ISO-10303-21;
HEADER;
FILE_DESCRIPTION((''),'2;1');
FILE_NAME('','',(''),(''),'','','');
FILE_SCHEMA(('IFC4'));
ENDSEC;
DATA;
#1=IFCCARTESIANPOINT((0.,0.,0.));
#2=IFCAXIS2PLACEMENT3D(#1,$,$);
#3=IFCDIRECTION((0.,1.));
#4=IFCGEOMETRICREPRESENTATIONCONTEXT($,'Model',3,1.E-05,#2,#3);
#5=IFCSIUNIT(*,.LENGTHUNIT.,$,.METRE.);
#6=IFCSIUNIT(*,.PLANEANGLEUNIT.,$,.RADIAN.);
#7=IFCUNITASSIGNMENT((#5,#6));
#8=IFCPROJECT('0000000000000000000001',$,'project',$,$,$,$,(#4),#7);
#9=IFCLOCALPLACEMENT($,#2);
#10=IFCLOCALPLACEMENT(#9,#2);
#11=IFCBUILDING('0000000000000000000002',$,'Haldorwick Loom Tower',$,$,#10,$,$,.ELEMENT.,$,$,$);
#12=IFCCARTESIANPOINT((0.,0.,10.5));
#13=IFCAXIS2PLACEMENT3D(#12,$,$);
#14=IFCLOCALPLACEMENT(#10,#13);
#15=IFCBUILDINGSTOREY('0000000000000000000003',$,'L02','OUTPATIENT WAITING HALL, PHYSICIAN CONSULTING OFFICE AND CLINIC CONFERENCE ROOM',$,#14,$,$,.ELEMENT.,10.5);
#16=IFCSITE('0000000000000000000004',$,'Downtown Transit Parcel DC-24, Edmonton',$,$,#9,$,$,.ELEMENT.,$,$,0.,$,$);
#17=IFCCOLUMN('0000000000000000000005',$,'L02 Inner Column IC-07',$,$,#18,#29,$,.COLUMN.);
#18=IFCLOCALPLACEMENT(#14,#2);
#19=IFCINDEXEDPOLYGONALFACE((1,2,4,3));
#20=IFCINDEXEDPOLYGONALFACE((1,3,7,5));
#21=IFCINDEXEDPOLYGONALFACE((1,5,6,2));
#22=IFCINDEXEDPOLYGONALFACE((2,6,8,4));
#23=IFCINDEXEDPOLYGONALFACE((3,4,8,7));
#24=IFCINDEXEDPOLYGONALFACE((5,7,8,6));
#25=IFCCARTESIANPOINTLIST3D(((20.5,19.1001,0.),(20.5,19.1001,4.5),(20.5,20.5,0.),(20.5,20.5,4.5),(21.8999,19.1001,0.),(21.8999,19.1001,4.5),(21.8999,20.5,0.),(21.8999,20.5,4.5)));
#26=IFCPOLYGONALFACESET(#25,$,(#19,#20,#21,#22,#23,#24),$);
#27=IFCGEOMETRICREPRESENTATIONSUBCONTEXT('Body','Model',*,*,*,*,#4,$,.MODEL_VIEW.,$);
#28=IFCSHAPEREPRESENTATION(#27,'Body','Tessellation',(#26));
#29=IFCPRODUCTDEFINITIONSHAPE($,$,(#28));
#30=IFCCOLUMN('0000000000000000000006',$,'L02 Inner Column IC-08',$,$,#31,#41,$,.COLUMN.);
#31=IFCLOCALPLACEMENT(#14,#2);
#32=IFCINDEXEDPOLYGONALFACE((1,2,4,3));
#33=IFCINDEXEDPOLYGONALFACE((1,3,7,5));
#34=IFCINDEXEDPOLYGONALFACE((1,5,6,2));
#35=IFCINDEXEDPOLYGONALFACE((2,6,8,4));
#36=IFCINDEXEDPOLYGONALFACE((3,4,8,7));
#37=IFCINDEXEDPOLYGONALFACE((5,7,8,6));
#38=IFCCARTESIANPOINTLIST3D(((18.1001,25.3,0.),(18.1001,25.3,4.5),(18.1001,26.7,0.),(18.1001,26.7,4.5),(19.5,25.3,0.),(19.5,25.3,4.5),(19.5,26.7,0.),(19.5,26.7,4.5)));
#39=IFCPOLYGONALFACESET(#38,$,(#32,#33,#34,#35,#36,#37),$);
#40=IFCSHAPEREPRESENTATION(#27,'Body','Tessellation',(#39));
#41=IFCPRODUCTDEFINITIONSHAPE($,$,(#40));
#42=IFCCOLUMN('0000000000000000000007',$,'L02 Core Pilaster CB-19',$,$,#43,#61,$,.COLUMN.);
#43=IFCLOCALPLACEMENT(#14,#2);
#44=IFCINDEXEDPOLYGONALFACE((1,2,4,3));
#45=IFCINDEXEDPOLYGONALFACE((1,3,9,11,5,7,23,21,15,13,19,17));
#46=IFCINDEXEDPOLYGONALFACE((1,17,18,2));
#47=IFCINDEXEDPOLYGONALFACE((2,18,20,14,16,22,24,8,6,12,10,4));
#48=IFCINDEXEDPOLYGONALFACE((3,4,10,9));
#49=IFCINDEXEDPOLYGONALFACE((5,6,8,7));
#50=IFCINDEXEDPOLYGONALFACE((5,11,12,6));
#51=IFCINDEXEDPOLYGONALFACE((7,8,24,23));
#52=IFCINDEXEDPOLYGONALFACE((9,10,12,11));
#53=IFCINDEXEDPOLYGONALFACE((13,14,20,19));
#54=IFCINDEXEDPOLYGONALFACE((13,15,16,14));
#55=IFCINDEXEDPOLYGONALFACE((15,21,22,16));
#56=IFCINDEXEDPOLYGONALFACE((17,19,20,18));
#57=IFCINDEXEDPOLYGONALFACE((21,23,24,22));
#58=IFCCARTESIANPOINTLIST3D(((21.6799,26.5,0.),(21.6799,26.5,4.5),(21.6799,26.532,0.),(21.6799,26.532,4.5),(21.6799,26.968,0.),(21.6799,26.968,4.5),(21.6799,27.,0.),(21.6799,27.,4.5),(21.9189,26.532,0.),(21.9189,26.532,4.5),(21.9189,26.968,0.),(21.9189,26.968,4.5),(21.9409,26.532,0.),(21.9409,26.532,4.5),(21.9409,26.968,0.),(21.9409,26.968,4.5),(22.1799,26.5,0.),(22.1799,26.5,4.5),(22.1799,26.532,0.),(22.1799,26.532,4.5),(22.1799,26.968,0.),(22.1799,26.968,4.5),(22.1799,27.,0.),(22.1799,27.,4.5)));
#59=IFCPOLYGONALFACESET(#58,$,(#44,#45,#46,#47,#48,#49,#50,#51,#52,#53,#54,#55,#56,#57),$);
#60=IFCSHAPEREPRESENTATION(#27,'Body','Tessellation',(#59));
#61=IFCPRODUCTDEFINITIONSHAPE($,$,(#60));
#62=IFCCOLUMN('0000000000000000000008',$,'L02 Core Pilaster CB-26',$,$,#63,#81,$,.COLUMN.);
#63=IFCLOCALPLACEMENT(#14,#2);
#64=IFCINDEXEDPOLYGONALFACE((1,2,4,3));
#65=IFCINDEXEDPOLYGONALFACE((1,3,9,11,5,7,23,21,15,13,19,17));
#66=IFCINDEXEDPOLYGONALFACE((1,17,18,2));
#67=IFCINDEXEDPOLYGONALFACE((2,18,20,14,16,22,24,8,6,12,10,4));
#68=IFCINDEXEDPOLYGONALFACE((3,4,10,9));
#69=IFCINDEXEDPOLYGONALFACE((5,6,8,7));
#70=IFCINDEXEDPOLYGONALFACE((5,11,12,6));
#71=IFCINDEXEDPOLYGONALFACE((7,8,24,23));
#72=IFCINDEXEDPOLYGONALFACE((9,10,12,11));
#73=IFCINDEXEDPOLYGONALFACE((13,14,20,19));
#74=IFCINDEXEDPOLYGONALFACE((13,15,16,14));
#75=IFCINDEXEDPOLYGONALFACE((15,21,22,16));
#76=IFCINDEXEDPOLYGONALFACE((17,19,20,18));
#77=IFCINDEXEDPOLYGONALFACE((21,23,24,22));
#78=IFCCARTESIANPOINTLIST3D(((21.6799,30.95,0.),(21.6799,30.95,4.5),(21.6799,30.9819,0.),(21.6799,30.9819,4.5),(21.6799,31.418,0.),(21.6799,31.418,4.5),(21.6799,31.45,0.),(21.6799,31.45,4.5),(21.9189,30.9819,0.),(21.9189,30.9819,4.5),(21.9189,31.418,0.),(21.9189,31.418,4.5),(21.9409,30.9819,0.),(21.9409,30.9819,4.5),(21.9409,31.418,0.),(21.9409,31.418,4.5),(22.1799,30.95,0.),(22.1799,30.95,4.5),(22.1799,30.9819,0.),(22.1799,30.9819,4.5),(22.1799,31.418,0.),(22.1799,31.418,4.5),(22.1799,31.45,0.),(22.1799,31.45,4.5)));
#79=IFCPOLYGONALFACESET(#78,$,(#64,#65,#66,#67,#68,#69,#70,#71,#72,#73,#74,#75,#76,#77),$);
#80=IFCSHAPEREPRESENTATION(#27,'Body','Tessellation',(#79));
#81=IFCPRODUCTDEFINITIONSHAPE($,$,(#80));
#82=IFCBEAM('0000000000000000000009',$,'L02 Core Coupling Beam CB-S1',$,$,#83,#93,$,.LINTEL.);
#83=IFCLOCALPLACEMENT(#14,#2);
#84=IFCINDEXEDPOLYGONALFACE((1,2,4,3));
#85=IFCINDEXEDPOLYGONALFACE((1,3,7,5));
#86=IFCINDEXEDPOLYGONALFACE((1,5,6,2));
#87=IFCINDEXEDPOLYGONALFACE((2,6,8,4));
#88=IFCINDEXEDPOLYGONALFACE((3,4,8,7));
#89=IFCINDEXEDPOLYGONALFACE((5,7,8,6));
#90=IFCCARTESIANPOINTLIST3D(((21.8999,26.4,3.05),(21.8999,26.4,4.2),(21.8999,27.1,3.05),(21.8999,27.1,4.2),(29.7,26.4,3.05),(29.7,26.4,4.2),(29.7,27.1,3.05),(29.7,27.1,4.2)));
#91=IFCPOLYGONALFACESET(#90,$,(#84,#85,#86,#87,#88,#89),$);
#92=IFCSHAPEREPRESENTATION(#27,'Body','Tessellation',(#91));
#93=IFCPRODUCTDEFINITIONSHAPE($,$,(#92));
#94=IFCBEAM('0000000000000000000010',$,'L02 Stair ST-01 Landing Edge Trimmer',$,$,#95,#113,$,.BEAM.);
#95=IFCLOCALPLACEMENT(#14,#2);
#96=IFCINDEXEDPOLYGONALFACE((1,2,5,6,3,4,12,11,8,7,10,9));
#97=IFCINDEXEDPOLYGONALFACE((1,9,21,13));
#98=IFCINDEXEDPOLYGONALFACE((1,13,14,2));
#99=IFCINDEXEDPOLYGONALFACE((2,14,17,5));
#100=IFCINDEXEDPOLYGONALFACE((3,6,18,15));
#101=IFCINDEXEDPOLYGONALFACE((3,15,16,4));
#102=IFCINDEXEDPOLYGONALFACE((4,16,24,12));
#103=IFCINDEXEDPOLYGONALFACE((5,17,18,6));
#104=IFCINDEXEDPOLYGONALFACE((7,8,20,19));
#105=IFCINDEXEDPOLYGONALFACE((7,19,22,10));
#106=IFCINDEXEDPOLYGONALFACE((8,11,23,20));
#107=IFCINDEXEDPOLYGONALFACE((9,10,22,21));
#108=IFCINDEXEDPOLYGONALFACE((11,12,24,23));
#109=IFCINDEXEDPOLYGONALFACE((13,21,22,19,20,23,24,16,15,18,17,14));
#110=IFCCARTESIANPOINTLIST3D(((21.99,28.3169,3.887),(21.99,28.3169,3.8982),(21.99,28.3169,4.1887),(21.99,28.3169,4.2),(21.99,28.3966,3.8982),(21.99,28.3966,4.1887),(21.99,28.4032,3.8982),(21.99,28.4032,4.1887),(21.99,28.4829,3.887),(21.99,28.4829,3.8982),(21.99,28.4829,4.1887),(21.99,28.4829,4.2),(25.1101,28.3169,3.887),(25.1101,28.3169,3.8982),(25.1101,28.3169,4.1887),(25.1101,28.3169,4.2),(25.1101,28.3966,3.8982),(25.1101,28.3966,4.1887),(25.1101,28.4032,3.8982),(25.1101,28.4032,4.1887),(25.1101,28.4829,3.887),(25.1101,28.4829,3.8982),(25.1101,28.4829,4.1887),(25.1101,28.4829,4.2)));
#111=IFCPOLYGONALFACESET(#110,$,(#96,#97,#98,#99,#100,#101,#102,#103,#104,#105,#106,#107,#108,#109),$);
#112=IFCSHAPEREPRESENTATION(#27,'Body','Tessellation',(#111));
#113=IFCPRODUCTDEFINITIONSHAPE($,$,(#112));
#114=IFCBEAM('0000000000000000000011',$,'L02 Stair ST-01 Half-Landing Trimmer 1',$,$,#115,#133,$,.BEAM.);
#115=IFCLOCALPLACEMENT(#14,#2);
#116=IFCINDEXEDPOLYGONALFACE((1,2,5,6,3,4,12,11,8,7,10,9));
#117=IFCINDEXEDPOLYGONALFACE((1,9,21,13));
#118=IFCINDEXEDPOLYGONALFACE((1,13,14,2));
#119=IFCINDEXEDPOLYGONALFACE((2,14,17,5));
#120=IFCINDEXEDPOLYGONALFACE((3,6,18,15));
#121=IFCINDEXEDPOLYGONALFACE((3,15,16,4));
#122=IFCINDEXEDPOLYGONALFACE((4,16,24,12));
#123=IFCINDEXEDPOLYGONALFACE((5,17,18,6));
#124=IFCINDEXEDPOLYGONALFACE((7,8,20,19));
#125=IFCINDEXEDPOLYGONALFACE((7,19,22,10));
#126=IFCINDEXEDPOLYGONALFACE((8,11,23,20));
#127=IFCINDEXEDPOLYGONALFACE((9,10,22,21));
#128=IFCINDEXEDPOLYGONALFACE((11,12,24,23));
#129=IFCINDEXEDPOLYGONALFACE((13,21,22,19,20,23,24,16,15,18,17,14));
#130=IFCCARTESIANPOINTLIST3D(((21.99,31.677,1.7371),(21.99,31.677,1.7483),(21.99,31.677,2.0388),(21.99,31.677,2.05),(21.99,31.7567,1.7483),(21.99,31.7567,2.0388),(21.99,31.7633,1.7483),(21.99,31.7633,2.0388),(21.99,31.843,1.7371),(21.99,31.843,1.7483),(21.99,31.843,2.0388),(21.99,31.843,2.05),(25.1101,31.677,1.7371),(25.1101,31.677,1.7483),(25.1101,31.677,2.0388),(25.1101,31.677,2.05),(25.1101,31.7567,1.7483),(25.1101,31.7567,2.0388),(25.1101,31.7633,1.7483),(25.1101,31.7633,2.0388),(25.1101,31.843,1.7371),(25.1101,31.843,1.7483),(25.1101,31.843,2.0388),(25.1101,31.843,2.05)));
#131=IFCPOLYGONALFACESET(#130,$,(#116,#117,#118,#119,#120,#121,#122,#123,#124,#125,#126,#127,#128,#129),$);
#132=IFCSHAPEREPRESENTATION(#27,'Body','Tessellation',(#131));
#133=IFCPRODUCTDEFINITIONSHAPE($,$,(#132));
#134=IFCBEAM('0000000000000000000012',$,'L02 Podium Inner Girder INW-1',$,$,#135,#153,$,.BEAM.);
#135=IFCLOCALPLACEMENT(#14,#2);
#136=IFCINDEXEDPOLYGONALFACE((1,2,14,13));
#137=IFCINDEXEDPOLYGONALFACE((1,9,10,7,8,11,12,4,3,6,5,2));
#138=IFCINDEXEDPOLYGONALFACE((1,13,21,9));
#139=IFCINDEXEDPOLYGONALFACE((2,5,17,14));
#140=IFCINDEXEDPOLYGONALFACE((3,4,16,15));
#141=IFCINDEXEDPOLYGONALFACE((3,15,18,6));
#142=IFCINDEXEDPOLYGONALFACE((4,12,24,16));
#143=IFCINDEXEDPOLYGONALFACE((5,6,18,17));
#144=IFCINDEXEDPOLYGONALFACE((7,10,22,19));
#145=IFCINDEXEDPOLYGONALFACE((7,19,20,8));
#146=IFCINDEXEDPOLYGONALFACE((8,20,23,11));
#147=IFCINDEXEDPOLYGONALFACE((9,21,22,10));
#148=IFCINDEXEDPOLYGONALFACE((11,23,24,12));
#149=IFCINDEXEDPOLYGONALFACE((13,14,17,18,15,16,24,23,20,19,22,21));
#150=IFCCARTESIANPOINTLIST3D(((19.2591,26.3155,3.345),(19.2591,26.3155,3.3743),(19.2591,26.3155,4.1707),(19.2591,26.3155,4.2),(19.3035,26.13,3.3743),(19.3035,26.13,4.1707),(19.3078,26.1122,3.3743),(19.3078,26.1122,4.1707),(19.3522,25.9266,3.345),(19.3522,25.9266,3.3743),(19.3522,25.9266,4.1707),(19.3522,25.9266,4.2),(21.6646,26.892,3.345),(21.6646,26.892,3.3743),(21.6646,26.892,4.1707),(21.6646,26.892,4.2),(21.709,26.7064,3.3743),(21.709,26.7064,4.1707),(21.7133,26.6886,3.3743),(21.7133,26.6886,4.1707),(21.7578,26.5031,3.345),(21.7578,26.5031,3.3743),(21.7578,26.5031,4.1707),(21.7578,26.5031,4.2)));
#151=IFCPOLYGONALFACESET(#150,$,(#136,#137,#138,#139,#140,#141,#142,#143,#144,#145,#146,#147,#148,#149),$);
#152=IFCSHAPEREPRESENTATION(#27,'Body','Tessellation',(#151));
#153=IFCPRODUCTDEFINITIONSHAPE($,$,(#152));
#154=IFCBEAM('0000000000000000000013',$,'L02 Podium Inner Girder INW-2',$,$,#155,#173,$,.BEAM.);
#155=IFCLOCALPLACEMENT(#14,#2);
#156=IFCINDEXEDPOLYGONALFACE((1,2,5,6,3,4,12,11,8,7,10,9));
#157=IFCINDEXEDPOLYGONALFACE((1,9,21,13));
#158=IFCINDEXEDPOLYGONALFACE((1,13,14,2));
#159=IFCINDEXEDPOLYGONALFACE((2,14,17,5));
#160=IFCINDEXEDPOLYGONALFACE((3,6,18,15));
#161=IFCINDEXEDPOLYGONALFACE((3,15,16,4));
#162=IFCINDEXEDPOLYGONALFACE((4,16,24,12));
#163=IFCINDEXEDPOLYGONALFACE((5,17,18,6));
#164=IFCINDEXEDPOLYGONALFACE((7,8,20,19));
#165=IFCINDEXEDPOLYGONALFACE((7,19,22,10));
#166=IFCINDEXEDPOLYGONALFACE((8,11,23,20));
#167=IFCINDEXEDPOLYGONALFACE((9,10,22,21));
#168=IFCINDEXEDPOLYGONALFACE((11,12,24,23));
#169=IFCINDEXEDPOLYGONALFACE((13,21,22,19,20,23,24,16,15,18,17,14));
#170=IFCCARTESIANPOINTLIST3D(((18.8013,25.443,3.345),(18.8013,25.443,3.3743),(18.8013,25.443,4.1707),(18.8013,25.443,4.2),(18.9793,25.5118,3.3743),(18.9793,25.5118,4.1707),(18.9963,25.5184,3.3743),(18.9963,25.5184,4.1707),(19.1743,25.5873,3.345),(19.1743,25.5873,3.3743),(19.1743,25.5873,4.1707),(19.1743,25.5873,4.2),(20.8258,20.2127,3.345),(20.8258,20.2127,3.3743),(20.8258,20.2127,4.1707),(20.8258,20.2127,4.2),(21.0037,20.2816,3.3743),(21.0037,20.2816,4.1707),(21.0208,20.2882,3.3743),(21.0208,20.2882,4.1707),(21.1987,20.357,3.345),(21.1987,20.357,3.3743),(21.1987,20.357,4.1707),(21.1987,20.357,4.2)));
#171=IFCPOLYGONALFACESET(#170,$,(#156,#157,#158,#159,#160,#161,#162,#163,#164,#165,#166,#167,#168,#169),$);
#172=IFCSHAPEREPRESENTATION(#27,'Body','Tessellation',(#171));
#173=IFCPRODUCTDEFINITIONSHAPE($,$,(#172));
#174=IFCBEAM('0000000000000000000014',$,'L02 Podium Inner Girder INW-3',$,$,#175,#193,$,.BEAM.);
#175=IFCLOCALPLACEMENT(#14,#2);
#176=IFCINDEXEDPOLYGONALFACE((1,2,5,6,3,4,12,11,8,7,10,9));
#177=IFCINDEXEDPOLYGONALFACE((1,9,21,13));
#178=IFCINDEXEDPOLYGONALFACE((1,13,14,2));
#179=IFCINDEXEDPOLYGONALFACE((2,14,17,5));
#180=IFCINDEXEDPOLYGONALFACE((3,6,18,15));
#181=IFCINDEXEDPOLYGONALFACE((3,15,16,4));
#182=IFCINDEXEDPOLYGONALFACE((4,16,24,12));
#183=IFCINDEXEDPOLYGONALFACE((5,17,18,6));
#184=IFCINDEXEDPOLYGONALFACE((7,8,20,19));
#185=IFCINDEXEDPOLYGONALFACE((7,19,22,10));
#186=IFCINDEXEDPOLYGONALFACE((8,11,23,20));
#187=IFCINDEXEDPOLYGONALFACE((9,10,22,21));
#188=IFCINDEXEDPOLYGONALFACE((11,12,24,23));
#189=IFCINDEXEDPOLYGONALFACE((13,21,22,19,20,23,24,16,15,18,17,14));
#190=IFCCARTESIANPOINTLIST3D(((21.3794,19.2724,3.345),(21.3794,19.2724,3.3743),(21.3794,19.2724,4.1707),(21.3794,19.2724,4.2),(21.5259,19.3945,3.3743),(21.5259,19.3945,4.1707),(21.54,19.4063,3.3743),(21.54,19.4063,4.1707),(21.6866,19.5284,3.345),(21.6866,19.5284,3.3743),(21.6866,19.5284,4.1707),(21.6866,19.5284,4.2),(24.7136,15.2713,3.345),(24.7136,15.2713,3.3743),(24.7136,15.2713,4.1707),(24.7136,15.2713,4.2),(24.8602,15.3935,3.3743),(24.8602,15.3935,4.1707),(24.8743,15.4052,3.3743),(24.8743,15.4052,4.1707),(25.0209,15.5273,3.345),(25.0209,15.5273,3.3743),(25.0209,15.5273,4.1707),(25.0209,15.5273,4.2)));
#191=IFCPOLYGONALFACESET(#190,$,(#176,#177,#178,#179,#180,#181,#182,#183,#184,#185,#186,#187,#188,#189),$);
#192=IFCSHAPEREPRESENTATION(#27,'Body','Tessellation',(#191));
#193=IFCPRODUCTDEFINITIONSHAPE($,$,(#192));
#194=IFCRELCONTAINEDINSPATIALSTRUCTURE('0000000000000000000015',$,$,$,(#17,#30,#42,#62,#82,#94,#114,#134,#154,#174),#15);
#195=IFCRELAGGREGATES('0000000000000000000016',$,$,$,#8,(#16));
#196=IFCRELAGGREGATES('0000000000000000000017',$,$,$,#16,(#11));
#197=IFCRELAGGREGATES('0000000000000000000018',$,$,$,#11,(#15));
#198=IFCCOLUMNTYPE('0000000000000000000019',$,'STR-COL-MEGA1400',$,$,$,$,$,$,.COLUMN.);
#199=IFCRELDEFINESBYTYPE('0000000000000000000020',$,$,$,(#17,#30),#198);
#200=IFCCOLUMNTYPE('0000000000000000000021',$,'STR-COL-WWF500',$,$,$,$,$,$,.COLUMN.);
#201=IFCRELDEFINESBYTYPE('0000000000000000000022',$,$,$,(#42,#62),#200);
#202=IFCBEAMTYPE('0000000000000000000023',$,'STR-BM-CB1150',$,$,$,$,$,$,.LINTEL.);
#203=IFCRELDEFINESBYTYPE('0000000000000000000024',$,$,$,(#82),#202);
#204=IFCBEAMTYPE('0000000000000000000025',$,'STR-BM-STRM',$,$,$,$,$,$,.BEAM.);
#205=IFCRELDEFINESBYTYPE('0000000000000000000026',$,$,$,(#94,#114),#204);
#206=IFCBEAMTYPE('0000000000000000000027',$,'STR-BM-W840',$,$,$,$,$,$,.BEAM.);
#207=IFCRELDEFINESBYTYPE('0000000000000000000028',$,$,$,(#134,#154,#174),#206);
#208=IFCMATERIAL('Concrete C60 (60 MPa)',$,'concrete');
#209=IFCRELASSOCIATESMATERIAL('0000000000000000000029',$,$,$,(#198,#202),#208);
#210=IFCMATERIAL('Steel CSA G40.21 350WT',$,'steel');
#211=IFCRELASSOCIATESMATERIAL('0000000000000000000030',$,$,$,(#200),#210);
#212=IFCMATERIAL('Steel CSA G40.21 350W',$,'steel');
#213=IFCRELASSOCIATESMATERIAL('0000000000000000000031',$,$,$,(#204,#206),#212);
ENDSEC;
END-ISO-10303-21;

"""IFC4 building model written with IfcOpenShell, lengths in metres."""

from ifc_helpers import new_model, si_unit, direction, frame, origin, origin_2d, place, context, subcontext, project, spatial, rectangle, i_section, extrude, material, material_profile, profile_set, type_object, element, save


model = new_model("IFC4")

# Units and contexts
model_context = context("Model", 3, precision=1e-05, world=origin(), true_north=direction((0.0, 1.0)))
body_context = subcontext(model_context, "Body", "Model", "MODEL_VIEW")
ifc_project = project(units=[si_unit("LENGTHUNIT", "METRE"), si_unit("PLANEANGLEUNIT", "RADIAN")], contexts=[model_context])

# Site, building, storey
site_placement = place(None, origin())
site = spatial("IfcSite", under=ifc_project, at=site_placement, Name="Downtown Transit Parcel DC-24, Edmonton", CompositionType="ELEMENT", RefElevation=0.0)
building_placement = place(site_placement, origin())
building = spatial("IfcBuilding", under=site, at=building_placement, Name="Haldorwick Loom Tower", CompositionType="ELEMENT")
storey_placement = place(building_placement, frame((0.0, 0.0, 10.5)))
storey = spatial("IfcBuildingStorey", under=building, at=storey_placement, Name="L02", Description="OUTPATIENT WAITING HALL, PHYSICIAN CONSULTING OFFICE AND CLINIC CONFERENCE ROOM", CompositionType="ELEMENT", Elevation=10.5)

# Columns
ifc_material_1 = material(Name="Concrete C60 (60 MPa)", Category="concrete")
ifc_material_profile_1 = material_profile(ifc_material_1, rectangle(XDim=1.3999, YDim=1.3999, at=origin_2d()), Name="RC1400X1400", Category="concrete")
ifc_profile_set_1 = profile_set([ifc_material_profile_1], Name="Concrete C60 (60 MPa)")
column_type_1 = type_object("IfcColumnType", Name="STR-COL-MEGA1400", PredefinedType="COLUMN", material=ifc_profile_set_1)
for number, where, z_axis, x_axis, name in (
    (1, (21.2, 19.8, 0.0), (0.0, 0.0, 1.0), (1.0, 0.0, 0.0), "L02 Inner Column IC-07"),
    (2, (18.8, 26.0, 0.0), (0.0, 0.0, 1.0), (1.0, 0.0, 0.0), "L02 Inner Column IC-08"),
):
    element("IfcColumn", number, at=place(storey_placement, frame(where, z_axis=z_axis, x_axis=x_axis)), inside=storey, type_object=column_type_1, Name=name, PredefinedType="COLUMN", context=body_context, shape_type="SweptSolid", body=[
        extrude(rectangle(XDim=1.3999, YDim=1.3999, at=origin_2d()), origin(), (0.0, 0.0, 1.0), 4.5),
    ])
ifc_material_2 = material(Name="Steel CSA G40.21 350WT", Category="steel")
ifc_material_profile_2 = material_profile(ifc_material_2, i_section(OverallWidth=0.5, OverallDepth=0.5, WebThickness=0.022, FlangeThickness=0.032, at=origin_2d()), Name="WWF500X500", Category="steel")
ifc_profile_set_2 = profile_set([ifc_material_profile_2], Name="Steel CSA G40.21 350WT")
column_type_2 = type_object("IfcColumnType", Name="STR-COL-WWF500", PredefinedType="COLUMN", material=ifc_profile_set_2)
for number, where, z_axis, x_axis, name in (
    (3, (21.9299, 26.75, 0.0), (0.0, 0.0, 1.0), (1.0, 0.0, 0.0), "L02 Core Pilaster CB-19"),
    (4, (21.9299, 31.2, 0.0), (0.0, 0.0, 1.0), (1.0, 0.0, 0.0), "L02 Core Pilaster CB-26"),
):
    element("IfcColumn", number, at=place(storey_placement, frame(where, z_axis=z_axis, x_axis=x_axis)), inside=storey, type_object=column_type_2, Name=name, PredefinedType="COLUMN", context=body_context, shape_type="SweptSolid", body=[
        extrude(i_section(OverallWidth=0.5, OverallDepth=0.5, WebThickness=0.022, FlangeThickness=0.032, at=origin_2d()), origin(), (0.0, 0.0, 1.0), 4.5),
    ])

# Beams
ifc_material_profile_3 = material_profile(ifc_material_1, rectangle(XDim=0.7, YDim=1.1499, at=origin_2d()), Name="RC700X1150", Category="concrete")
ifc_profile_set_3 = profile_set([ifc_material_profile_3], Name="Concrete C60 (60 MPa)")
beam_type_1 = type_object("IfcBeamType", Name="STR-BM-CB1150", PredefinedType="LINTEL", material=ifc_profile_set_3)
beam_1_placement = place(storey_placement, frame((21.8999, 26.75, 3.625), z_axis=(1.0, 0.0, 0.0), x_axis=(0.0, 1.0, 0.0)))
element("IfcBeam", 5, at=beam_1_placement, inside=storey, type_object=beam_type_1, Name="L02 Core Coupling Beam CB-S1", PredefinedType="LINTEL", context=body_context, shape_type="SweptSolid", body=[
    extrude(rectangle(XDim=0.7, YDim=1.1499, at=origin_2d()), origin(), (0.0, 0.0, 1.0), 7.8),
])
ifc_material_3 = material(Name="Steel CSA G40.21 350W", Category="steel")
ifc_material_profile_4 = material_profile(ifc_material_3, i_section(OverallWidth=0.166, OverallDepth=0.313, WebThickness=0.0066, FlangeThickness=0.0112, at=origin_2d()), Name="W310X45", Category="steel")
ifc_profile_set_4 = profile_set([ifc_material_profile_4], Name="Steel CSA G40.21 350W")
beam_type_2 = type_object("IfcBeamType", Name="STR-BM-STRM", PredefinedType="BEAM", material=ifc_profile_set_4)
for number, where, z_axis, x_axis, name in (
    (6, (21.99, 28.3999, 4.0435), (1.0, 0.0, 0.0), (0.0, 1.0, 0.0), "L02 Stair ST-01 Landing Edge Trimmer"),
    (7, (21.99, 31.76, 1.8936), (1.0, 0.0, 0.0), (0.0, 1.0, 0.0), "L02 Stair ST-01 Half-Landing Trimmer 1"),
):
    element("IfcBeam", number, at=place(storey_placement, frame(where, z_axis=z_axis, x_axis=x_axis)), inside=storey, type_object=beam_type_2, Name=name, PredefinedType="BEAM", context=body_context, shape_type="SweptSolid", body=[
        extrude(i_section(OverallWidth=0.166, OverallDepth=0.313, WebThickness=0.0066, FlangeThickness=0.0112, at=origin_2d()), origin(), (0.0, 0.0, 1.0), 3.1201),
    ])
ifc_material_profile_5 = material_profile(ifc_material_3, i_section(OverallWidth=0.3999, OverallDepth=0.855, WebThickness=0.0183, FlangeThickness=0.0293, at=origin_2d()), Name="W840X299", Category="steel")
ifc_profile_set_5 = profile_set([ifc_material_profile_5], Name="Steel CSA G40.21 350W")
beam_type_3 = type_object("IfcBeamType", Name="STR-BM-W840", PredefinedType="BEAM", material=ifc_profile_set_5)
beam_2_placement = place(storey_placement, frame((21.7112, 26.6975, 3.7725), z_axis=(-0.972471, -0.233026, 0.0), x_axis=(0.233026, -0.972471, 0.0)))
element("IfcBeam", 8, at=beam_2_placement, inside=storey, type_object=beam_type_3, Name="L02 Podium Inner Girder INW-1", PredefinedType="BEAM", context=body_context, shape_type="SweptSolid", body=[
    extrude(i_section(OverallWidth=0.3999, OverallDepth=0.855, WebThickness=0.0183, FlangeThickness=0.0293, at=origin_2d()), origin(), (0.0, 0.0, 1.0), 2.4736),
])
beam_3_placement = place(storey_placement, frame((18.9878, 25.5151, 3.7725), z_axis=(0.360965, -0.932579, 0.0), x_axis=(0.932579, 0.360965, 0.0)))
element("IfcBeam", 9, at=beam_3_placement, inside=storey, type_object=beam_type_3, Name="L02 Podium Inner Girder INW-2", PredefinedType="BEAM", context=body_context, shape_type="SweptSolid", body=[
    extrude(i_section(OverallWidth=0.3999, OverallDepth=0.855, WebThickness=0.0183, FlangeThickness=0.0293, at=origin_2d()), origin(), (0.0, 0.0, 1.0), 5.6084),
])
beam_4_placement = place(storey_placement, frame((21.533, 19.4004, 3.7725), z_axis=(0.640194, -0.768214, 0.0), x_axis=(0.768214, 0.640194, 0.0)))
element("IfcBeam", 10, at=beam_4_placement, inside=storey, type_object=beam_type_3, Name="L02 Podium Inner Girder INW-3", PredefinedType="BEAM", context=body_context, shape_type="SweptSolid", body=[
    extrude(i_section(OverallWidth=0.3999, OverallDepth=0.855, WebThickness=0.0183, FlangeThickness=0.0293, at=origin_2d()), origin(), (0.0, 0.0, 1.0), 5.2083),
])

save(model, "model.ifc")
